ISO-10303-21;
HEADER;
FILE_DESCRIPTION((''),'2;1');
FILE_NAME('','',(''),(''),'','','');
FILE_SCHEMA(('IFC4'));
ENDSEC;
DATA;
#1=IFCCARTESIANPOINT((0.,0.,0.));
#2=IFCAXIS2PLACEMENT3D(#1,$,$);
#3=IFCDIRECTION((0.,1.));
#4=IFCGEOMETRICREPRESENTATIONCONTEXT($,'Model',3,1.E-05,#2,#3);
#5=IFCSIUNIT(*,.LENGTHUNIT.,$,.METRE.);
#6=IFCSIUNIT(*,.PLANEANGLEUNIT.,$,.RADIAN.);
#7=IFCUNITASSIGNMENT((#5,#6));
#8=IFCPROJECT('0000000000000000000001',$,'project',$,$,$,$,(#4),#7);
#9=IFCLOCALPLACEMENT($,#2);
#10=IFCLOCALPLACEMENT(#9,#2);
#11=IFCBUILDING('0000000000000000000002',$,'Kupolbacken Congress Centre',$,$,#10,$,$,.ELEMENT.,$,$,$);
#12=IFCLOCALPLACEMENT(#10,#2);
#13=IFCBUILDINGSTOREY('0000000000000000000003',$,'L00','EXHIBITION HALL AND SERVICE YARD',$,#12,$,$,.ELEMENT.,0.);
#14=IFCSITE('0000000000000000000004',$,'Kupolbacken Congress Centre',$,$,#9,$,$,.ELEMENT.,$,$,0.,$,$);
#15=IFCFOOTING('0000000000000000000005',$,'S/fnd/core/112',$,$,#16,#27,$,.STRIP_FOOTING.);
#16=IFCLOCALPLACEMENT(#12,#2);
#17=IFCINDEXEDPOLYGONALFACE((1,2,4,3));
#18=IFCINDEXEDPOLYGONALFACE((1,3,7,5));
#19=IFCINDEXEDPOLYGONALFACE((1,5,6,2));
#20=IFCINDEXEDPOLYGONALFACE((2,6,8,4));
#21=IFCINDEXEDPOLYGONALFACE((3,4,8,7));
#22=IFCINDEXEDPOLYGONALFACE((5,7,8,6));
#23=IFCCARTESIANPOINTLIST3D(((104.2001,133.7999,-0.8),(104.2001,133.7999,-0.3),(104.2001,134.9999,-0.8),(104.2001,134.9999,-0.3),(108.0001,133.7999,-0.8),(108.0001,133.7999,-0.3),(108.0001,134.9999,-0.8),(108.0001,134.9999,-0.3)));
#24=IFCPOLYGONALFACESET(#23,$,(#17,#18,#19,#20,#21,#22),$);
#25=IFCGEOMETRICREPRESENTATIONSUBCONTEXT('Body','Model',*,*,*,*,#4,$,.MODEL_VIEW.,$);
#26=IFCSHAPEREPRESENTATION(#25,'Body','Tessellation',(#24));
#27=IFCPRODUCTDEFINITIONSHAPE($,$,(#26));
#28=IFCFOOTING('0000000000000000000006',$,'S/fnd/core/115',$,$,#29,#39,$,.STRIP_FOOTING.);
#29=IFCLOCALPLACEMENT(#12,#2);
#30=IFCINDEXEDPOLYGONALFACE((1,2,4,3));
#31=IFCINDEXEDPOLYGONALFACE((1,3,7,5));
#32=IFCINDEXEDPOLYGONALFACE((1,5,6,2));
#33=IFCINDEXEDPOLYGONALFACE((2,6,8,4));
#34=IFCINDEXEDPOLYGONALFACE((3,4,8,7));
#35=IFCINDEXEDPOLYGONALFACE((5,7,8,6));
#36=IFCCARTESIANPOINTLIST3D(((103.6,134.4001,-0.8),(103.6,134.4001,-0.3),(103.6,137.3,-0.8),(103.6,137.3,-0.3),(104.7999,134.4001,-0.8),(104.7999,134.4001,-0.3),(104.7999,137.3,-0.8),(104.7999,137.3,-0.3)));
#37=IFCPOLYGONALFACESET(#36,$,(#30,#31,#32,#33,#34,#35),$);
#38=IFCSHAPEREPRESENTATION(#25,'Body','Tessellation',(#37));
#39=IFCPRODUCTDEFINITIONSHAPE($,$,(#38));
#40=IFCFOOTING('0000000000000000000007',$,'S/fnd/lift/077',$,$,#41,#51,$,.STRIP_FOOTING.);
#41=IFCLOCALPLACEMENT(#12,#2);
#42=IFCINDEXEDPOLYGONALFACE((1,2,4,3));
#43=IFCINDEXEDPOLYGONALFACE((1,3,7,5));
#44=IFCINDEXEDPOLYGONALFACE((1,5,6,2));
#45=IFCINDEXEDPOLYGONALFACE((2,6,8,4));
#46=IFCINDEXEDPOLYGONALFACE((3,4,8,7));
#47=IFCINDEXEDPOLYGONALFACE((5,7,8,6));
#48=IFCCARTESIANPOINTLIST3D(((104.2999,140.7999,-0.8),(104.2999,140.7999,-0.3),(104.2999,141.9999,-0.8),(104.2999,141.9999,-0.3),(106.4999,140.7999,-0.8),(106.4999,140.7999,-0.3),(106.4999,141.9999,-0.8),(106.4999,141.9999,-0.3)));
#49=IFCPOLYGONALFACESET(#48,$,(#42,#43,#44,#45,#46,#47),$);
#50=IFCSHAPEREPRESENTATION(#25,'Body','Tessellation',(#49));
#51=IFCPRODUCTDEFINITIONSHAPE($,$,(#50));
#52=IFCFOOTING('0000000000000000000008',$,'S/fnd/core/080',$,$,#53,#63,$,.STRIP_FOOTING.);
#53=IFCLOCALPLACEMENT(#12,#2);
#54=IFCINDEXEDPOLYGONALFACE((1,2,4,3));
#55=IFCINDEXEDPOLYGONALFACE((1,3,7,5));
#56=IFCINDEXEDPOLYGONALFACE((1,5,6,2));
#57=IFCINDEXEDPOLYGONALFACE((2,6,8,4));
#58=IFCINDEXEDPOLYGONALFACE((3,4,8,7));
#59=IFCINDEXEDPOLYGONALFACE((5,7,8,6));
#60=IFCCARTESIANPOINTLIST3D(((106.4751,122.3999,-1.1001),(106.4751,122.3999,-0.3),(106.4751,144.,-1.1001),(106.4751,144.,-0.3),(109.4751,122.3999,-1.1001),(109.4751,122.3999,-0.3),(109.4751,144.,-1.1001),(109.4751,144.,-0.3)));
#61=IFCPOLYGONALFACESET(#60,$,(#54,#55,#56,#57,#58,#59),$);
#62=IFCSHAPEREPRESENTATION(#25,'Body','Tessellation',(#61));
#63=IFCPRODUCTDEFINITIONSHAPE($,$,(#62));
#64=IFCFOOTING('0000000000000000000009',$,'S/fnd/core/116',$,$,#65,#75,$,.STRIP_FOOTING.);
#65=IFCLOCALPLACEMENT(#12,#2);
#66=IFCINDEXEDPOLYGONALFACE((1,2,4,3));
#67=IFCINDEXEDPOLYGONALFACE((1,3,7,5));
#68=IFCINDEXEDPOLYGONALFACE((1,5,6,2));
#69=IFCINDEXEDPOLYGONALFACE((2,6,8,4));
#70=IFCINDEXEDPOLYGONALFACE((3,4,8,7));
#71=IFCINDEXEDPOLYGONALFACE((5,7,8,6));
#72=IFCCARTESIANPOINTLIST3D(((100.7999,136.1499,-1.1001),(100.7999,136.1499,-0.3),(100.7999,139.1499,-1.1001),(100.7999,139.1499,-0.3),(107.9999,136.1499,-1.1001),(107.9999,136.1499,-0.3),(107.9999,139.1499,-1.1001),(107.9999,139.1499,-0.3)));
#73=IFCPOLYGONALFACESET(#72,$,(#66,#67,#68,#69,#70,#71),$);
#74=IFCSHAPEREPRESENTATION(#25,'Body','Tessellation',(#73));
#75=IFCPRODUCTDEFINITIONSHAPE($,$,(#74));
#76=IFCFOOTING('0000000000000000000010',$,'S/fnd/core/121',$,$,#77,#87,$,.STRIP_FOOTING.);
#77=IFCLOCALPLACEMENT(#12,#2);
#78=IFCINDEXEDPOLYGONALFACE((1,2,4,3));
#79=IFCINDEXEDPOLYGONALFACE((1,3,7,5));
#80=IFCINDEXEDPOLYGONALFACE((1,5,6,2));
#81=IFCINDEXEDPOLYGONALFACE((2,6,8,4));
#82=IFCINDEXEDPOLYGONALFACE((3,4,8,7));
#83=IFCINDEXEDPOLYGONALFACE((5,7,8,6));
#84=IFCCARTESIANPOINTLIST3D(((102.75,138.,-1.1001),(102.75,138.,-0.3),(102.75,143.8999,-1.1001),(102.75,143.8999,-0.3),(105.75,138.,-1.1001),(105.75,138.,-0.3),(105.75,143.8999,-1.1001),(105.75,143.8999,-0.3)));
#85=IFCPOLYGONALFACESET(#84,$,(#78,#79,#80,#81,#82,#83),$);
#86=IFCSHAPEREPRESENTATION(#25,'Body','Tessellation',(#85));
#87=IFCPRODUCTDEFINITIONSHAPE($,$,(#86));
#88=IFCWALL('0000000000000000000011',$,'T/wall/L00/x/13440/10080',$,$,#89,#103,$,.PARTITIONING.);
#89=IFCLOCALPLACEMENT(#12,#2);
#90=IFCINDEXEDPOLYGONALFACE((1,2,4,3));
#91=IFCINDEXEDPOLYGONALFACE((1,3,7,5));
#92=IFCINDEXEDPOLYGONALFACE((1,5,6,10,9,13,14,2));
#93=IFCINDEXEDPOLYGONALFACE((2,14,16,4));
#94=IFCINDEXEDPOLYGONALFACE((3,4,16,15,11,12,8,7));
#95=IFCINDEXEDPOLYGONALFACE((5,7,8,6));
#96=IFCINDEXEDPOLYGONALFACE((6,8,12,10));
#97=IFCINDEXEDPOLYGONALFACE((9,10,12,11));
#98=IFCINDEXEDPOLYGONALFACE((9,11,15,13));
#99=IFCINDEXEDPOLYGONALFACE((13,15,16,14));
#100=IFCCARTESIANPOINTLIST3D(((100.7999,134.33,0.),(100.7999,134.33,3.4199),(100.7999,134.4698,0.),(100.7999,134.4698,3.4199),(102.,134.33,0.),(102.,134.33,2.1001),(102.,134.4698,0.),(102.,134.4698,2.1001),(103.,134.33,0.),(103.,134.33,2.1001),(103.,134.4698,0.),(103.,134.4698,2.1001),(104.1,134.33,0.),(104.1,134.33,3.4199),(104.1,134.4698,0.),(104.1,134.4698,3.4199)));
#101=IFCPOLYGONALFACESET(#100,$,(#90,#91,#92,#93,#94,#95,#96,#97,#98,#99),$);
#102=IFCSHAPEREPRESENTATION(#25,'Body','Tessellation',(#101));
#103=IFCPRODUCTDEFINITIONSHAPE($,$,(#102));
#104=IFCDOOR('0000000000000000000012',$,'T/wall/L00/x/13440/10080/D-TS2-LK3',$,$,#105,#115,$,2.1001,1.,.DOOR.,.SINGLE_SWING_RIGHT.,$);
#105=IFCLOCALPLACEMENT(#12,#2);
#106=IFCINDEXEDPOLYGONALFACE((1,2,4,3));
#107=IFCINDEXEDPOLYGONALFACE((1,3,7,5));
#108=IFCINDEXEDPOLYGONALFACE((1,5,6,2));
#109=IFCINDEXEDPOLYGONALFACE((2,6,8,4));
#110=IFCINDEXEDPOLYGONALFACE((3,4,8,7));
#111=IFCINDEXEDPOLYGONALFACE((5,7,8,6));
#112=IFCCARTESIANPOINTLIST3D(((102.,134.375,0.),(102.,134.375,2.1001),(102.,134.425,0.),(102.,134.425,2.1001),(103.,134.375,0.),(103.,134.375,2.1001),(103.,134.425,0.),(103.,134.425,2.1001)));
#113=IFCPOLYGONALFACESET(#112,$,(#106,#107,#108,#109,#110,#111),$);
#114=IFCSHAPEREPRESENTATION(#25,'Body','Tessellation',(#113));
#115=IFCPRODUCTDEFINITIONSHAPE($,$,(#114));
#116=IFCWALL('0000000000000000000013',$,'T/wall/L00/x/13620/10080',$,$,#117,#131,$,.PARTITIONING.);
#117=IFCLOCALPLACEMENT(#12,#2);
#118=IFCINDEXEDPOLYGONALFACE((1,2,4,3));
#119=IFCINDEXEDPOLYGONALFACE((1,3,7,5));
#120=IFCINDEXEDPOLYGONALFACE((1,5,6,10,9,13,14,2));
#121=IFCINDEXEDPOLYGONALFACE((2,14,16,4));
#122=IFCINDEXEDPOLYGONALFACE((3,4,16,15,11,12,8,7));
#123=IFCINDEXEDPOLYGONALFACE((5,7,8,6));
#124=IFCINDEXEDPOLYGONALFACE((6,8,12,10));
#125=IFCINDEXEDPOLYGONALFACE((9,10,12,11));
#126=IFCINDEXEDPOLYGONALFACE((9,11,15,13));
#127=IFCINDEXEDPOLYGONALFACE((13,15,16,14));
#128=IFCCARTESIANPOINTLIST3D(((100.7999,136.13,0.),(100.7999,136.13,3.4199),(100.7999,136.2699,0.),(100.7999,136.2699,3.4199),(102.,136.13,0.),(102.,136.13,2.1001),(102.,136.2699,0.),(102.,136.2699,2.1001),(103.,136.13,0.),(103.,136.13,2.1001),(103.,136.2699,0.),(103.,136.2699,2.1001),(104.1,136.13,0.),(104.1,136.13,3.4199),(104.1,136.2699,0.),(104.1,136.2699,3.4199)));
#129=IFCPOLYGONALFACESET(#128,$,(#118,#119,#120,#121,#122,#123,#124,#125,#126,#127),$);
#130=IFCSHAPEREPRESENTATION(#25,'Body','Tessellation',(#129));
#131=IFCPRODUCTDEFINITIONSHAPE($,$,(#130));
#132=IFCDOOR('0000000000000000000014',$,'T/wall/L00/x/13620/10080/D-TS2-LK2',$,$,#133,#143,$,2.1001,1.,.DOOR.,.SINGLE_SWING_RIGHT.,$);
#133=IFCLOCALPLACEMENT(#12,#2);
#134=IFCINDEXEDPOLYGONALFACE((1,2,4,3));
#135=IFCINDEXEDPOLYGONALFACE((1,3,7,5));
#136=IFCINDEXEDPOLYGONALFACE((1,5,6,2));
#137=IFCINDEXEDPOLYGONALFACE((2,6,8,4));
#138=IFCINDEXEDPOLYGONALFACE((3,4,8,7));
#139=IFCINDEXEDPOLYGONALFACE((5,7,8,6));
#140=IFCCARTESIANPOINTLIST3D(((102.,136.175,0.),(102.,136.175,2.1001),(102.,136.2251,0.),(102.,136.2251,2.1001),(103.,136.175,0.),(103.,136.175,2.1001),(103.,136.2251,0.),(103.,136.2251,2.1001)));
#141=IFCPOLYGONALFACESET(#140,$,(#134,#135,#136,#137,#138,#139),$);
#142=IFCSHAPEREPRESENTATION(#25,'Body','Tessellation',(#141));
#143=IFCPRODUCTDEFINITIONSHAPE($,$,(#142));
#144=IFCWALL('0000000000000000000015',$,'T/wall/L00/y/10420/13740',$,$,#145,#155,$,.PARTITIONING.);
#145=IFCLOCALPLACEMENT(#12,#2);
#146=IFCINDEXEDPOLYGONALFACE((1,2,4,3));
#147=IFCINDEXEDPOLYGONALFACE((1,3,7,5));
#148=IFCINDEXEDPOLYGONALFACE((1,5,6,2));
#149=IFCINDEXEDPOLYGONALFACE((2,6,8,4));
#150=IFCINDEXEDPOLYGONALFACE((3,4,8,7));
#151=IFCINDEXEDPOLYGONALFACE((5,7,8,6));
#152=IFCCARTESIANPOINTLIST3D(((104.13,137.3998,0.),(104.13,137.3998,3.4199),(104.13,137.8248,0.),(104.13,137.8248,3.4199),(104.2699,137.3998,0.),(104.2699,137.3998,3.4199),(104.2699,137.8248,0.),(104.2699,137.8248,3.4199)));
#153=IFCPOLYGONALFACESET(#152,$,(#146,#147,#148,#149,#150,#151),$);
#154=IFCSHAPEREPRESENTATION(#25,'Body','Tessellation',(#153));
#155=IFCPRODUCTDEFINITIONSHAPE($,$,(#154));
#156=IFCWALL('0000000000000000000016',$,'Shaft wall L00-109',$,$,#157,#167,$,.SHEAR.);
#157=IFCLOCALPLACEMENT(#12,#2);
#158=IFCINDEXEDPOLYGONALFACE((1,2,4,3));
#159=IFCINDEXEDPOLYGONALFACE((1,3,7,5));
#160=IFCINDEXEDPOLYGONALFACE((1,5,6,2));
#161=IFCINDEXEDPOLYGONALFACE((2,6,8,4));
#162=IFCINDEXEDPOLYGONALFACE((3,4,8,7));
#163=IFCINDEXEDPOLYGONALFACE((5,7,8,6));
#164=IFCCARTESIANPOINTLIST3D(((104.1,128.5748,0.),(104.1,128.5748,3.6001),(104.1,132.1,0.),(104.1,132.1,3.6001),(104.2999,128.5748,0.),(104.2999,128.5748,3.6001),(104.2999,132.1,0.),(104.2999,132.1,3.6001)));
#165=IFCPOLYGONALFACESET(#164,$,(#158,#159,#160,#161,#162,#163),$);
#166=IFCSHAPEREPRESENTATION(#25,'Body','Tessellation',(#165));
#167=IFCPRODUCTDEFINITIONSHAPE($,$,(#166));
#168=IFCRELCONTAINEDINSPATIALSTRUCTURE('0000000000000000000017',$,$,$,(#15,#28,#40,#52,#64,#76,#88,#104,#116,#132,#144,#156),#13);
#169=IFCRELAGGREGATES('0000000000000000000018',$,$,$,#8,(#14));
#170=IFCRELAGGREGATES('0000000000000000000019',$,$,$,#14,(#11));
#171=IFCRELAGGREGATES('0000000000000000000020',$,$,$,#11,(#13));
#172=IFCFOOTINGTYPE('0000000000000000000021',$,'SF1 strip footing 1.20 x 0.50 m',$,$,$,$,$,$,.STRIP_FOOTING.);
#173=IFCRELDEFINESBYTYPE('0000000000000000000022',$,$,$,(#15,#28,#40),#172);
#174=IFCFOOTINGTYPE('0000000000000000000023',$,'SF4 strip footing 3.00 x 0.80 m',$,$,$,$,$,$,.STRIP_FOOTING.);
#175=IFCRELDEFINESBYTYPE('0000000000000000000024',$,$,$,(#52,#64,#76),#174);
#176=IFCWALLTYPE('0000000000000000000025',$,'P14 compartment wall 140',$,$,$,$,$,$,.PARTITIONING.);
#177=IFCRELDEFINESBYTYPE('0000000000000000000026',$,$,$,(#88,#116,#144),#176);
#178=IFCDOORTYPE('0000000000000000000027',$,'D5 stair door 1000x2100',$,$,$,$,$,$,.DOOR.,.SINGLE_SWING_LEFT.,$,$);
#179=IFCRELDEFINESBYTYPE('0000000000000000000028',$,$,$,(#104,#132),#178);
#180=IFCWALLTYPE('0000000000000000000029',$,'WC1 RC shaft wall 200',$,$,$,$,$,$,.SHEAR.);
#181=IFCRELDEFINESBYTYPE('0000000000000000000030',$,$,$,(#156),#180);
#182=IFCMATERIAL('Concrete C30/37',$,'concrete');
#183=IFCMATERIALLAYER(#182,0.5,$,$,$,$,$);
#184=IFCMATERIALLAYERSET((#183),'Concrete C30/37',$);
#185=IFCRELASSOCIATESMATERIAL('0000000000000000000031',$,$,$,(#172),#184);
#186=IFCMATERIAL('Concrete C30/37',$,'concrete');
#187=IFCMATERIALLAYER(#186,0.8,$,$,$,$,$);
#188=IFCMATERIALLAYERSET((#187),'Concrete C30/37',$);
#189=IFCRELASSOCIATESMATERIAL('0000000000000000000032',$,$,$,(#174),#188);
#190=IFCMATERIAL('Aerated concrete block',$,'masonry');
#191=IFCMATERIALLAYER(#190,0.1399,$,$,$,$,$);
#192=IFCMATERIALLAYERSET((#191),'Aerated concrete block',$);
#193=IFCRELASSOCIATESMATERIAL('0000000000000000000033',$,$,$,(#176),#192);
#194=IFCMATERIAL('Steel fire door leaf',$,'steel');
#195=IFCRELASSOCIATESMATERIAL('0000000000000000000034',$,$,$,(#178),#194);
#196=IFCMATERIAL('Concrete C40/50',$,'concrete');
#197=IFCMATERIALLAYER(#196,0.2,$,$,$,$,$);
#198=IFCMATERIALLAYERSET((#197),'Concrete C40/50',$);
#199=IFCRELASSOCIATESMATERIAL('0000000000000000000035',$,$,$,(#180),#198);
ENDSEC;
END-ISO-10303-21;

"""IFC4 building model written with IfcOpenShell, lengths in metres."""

from ifc_helpers import new_model, si_unit, direction, frame, frame_2d, origin, origin_2d, place, context, subcontext, project, spatial, rectangle, extrude, material, layer, layer_set, type_object, element, fill, save


model = new_model("IFC4")

# Units and contexts
model_context = context("Model", 3, precision=1e-05, world=origin(), true_north=direction((0.0, 1.0)))
body_context = subcontext(model_context, "Body", "Model", "MODEL_VIEW")
ifc_project = project(units=[si_unit("LENGTHUNIT", "METRE"), si_unit("PLANEANGLEUNIT", "RADIAN")], contexts=[model_context])

# Site, building, storey
site_placement = place(None, origin())
site = spatial("IfcSite", under=ifc_project, at=site_placement, Name="Kupolbacken Congress Centre", CompositionType="ELEMENT", RefElevation=0.0)
building_placement = place(site_placement, origin())
building = spatial("IfcBuilding", under=site, at=building_placement, Name="Kupolbacken Congress Centre", CompositionType="ELEMENT")
storey_placement = place(building_placement, origin())
storey = spatial("IfcBuildingStorey", under=building, at=storey_placement, Name="L00", Description="EXHIBITION HALL AND SERVICE YARD", CompositionType="ELEMENT", Elevation=0.0)

# Footings
ifc_material_1 = material(Name="Concrete C30/37", Category="concrete")
ifc_layer_1 = layer(ifc_material_1, 0.5)
ifc_layer_set_1 = layer_set([ifc_layer_1], Name="Concrete C30/37")
footing_type_1 = type_object("IfcFootingType", Name="SF1 strip footing 1.20 x 0.50 m", PredefinedType="STRIP_FOOTING", material=ifc_layer_set_1)
footing_1_placement = place(storey_placement, frame((106.1001, 134.3999, -0.8), z_axis=(0.0, 0.0, 1.0), x_axis=(1.0, 0.0, 0.0)))
element("IfcFooting", 1, at=footing_1_placement, inside=storey, type_object=footing_type_1, Name="S/fnd/core/112", PredefinedType="STRIP_FOOTING", context=body_context, shape_type="SweptSolid", body=[
    extrude(rectangle(XDim=3.8, YDim=1.2, at=origin_2d()), origin(), (0.0, 0.0, 1.0), 0.5),
])
footing_2_placement = place(storey_placement, frame((104.2, 135.8501, -0.8), z_axis=(0.0, 0.0, 1.0), x_axis=(0.0, 1.0, 0.0)))
element("IfcFooting", 2, at=footing_2_placement, inside=storey, type_object=footing_type_1, Name="S/fnd/core/115", PredefinedType="STRIP_FOOTING", context=body_context, shape_type="SweptSolid", body=[
    extrude(rectangle(XDim=2.8999, YDim=1.2, at=origin_2d()), origin(), (0.0, 0.0, 1.0), 0.5),
])
footing_3_placement = place(storey_placement, frame((105.3999, 141.3999, -0.8), z_axis=(0.0, 0.0, 1.0), x_axis=(1.0, 0.0, 0.0)))
element("IfcFooting", 3, at=footing_3_placement, inside=storey, type_object=footing_type_1, Name="S/fnd/lift/077", PredefinedType="STRIP_FOOTING", context=body_context, shape_type="SweptSolid", body=[
    extrude(rectangle(XDim=2.2, YDim=1.2, at=origin_2d()), origin(), (0.0, 0.0, 1.0), 0.5),
])
ifc_material_2 = material(Name="Concrete C30/37", Category="concrete")
ifc_layer_2 = layer(ifc_material_2, 0.8)
ifc_layer_set_2 = layer_set([ifc_layer_2], Name="Concrete C30/37")
footing_type_2 = type_object("IfcFootingType", Name="SF4 strip footing 3.00 x 0.80 m", PredefinedType="STRIP_FOOTING", material=ifc_layer_set_2)
footing_4_placement = place(storey_placement, frame((107.9751, 133.2, -1.1001), z_axis=(0.0, 0.0, 1.0), x_axis=(0.0, 1.0, 0.0)))
element("IfcFooting", 4, at=footing_4_placement, inside=storey, type_object=footing_type_2, Name="S/fnd/core/080", PredefinedType="STRIP_FOOTING", context=body_context, shape_type="SweptSolid", body=[
    extrude(rectangle(XDim=21.6001, YDim=3.0, at=origin_2d()), origin(), (0.0, 0.0, 1.0), 0.8),
])
footing_5_placement = place(storey_placement, frame((104.3999, 137.6499, -1.1001), z_axis=(0.0, 0.0, 1.0), x_axis=(1.0, 0.0, 0.0)))
element("IfcFooting", 5, at=footing_5_placement, inside=storey, type_object=footing_type_2, Name="S/fnd/core/116", PredefinedType="STRIP_FOOTING", context=body_context, shape_type="SweptSolid", body=[
    extrude(rectangle(XDim=7.2, YDim=3.0, at=origin_2d()), origin(), (0.0, 0.0, 1.0), 0.8),
])
footing_6_placement = place(storey_placement, frame((104.25, 140.95, -1.1001), z_axis=(0.0, 0.0, 1.0), x_axis=(0.0, 1.0, 0.0)))
element("IfcFooting", 6, at=footing_6_placement, inside=storey, type_object=footing_type_2, Name="S/fnd/core/121", PredefinedType="STRIP_FOOTING", context=body_context, shape_type="SweptSolid", body=[
    extrude(rectangle(XDim=5.8999, YDim=3.0, at=origin_2d()), origin(), (0.0, 0.0, 1.0), 0.8),
])

# Walls, openings, doors
ifc_material_3 = material(Name="Aerated concrete block", Category="masonry")
ifc_layer_3 = layer(ifc_material_3, 0.1399)
ifc_layer_set_3 = layer_set([ifc_layer_3], Name="Aerated concrete block")
wall_type_1 = type_object("IfcWallType", Name="P14 compartment wall 140", PredefinedType="PARTITIONING", material=ifc_layer_set_3)
wall_1_placement = place(storey_placement, frame((100.8, 134.3999, 0.0), z_axis=(0.0, 0.0, 1.0), x_axis=(1.0, 0.0, 0.0)))
wall_1 = element("IfcWall", 7, at=wall_1_placement, inside=storey, type_object=wall_type_1, Name="T/wall/L00/x/13440/10080", PredefinedType="PARTITIONING", context=body_context, shape_type="SweptSolid", body=[
    extrude(rectangle(XDim=3.3, YDim=0.1399, at=frame_2d((1.6499, 0.0))), origin(), (0.0, 0.0, 1.0), 3.4199),
])
opening_1_placement = place(wall_1_placement, frame((1.2, 0.0, 0.0)))
opening_1 = element("IfcOpeningElement", 8, at=opening_1_placement, cuts=wall_1, PredefinedType="OPENING", context=body_context, shape_type="SweptSolid", body=[
    extrude(rectangle(XDim=1.0, YDim=2.1001, at=frame_2d((0.5, 1.05))), frame((0.0, 0.0798, 0.0), z_axis=(0.0, -1.0, 0.0), x_axis=(1.0, 0.0, 0.0)), (0.0, 0.0, 1.0), 0.1599),
])
ifc_material_4 = material(Name="Steel fire door leaf", Category="steel")
door_type_1 = type_object("IfcDoorType", Name="D5 stair door 1000x2100", OperationType="SINGLE_SWING_LEFT", PredefinedType="DOOR", material=ifc_material_4)
door_1_placement = place(opening_1_placement, frame((1.0, 0.0, 0.0), z_axis=(0.0, 0.0, 1.0), x_axis=(-1.0, 0.0, 0.0)))
door_1 = element("IfcDoor", 9, at=door_1_placement, inside=storey, type_object=door_type_1, Name="T/wall/L00/x/13440/10080/D-TS2-LK3", OperationType="SINGLE_SWING_RIGHT", OverallHeight=2.1001, OverallWidth=1.0, PredefinedType="DOOR", context=body_context, shape_type="SweptSolid", body=[
    extrude(rectangle(XDim=1.0, YDim=2.1001, at=frame_2d((0.5, 1.05))), frame((0.0, 0.0249, 0.0), z_axis=(0.0, -1.0, 0.0), x_axis=(1.0, 0.0, 0.0)), (0.0, 0.0, 1.0), 0.05),
])
fill(opening_1, door_1)
wall_2_placement = place(storey_placement, frame((100.8, 136.2, 0.0), z_axis=(0.0, 0.0, 1.0), x_axis=(1.0, 0.0, 0.0)))
wall_2 = element("IfcWall", 10, at=wall_2_placement, inside=storey, type_object=wall_type_1, Name="T/wall/L00/x/13620/10080", PredefinedType="PARTITIONING", context=body_context, shape_type="SweptSolid", body=[
    extrude(rectangle(XDim=3.3, YDim=0.1399, at=frame_2d((1.6499, 0.0))), origin(), (0.0, 0.0, 1.0), 3.4199),
])
opening_2_placement = place(wall_2_placement, frame((1.2, 0.0, 0.0)))
opening_2 = element("IfcOpeningElement", 11, at=opening_2_placement, cuts=wall_2, PredefinedType="OPENING", context=body_context, shape_type="SweptSolid", body=[
    extrude(rectangle(XDim=1.0, YDim=2.1001, at=frame_2d((0.5, 1.05))), frame((0.0, 0.0798, 0.0), z_axis=(0.0, -1.0, 0.0), x_axis=(1.0, 0.0, 0.0)), (0.0, 0.0, 1.0), 0.1599),
])
door_2_placement = place(opening_2_placement, frame((1.0, 0.0, 0.0), z_axis=(0.0, 0.0, 1.0), x_axis=(-1.0, 0.0, 0.0)))
door_2 = element("IfcDoor", 12, at=door_2_placement, inside=storey, type_object=door_type_1, Name="T/wall/L00/x/13620/10080/D-TS2-LK2", OperationType="SINGLE_SWING_RIGHT", OverallHeight=2.1001, OverallWidth=1.0, PredefinedType="DOOR", context=body_context, shape_type="SweptSolid", body=[
    extrude(rectangle(XDim=1.0, YDim=2.1001, at=frame_2d((0.5, 1.05))), frame((0.0, 0.0249, 0.0), z_axis=(0.0, -1.0, 0.0), x_axis=(1.0, 0.0, 0.0)), (0.0, 0.0, 1.0), 0.05),
])
fill(opening_2, door_2)

# Walls
wall_3_placement = place(storey_placement, frame((104.2, 137.3999, 0.0), z_axis=(0.0, 0.0, 1.0), x_axis=(0.0, 1.0, 0.0)))
element("IfcWall", 13, at=wall_3_placement, inside=storey, type_object=wall_type_1, Name="T/wall/L00/y/10420/13740", PredefinedType="PARTITIONING", context=body_context, shape_type="SweptSolid", body=[
    extrude(rectangle(XDim=0.425, YDim=0.1399, at=frame_2d((0.2124, 0.0))), origin(), (0.0, 0.0, 1.0), 3.4199),
])
ifc_material_5 = material(Name="Concrete C40/50", Category="concrete")
ifc_layer_4 = layer(ifc_material_5, 0.2)
ifc_layer_set_4 = layer_set([ifc_layer_4], Name="Concrete C40/50")
wall_type_2 = type_object("IfcWallType", Name="WC1 RC shaft wall 200", PredefinedType="SHEAR", material=ifc_layer_set_4)
wall_4_placement = place(storey_placement, frame((104.2, 132.1001, 0.0), z_axis=(0.0, 0.0, 1.0), x_axis=(0.0, -1.0, 0.0)))
element("IfcWall", 14, at=wall_4_placement, inside=storey, type_object=wall_type_2, Name="Shaft wall L00-109", PredefinedType="SHEAR", context=body_context, shape_type="SweptSolid", body=[
    extrude(rectangle(XDim=3.5251, YDim=0.2, at=frame_2d((1.7627, 0.0))), origin(), (0.0, 0.0, 1.0), 3.6001),
])

save(model, "model.ifc")
